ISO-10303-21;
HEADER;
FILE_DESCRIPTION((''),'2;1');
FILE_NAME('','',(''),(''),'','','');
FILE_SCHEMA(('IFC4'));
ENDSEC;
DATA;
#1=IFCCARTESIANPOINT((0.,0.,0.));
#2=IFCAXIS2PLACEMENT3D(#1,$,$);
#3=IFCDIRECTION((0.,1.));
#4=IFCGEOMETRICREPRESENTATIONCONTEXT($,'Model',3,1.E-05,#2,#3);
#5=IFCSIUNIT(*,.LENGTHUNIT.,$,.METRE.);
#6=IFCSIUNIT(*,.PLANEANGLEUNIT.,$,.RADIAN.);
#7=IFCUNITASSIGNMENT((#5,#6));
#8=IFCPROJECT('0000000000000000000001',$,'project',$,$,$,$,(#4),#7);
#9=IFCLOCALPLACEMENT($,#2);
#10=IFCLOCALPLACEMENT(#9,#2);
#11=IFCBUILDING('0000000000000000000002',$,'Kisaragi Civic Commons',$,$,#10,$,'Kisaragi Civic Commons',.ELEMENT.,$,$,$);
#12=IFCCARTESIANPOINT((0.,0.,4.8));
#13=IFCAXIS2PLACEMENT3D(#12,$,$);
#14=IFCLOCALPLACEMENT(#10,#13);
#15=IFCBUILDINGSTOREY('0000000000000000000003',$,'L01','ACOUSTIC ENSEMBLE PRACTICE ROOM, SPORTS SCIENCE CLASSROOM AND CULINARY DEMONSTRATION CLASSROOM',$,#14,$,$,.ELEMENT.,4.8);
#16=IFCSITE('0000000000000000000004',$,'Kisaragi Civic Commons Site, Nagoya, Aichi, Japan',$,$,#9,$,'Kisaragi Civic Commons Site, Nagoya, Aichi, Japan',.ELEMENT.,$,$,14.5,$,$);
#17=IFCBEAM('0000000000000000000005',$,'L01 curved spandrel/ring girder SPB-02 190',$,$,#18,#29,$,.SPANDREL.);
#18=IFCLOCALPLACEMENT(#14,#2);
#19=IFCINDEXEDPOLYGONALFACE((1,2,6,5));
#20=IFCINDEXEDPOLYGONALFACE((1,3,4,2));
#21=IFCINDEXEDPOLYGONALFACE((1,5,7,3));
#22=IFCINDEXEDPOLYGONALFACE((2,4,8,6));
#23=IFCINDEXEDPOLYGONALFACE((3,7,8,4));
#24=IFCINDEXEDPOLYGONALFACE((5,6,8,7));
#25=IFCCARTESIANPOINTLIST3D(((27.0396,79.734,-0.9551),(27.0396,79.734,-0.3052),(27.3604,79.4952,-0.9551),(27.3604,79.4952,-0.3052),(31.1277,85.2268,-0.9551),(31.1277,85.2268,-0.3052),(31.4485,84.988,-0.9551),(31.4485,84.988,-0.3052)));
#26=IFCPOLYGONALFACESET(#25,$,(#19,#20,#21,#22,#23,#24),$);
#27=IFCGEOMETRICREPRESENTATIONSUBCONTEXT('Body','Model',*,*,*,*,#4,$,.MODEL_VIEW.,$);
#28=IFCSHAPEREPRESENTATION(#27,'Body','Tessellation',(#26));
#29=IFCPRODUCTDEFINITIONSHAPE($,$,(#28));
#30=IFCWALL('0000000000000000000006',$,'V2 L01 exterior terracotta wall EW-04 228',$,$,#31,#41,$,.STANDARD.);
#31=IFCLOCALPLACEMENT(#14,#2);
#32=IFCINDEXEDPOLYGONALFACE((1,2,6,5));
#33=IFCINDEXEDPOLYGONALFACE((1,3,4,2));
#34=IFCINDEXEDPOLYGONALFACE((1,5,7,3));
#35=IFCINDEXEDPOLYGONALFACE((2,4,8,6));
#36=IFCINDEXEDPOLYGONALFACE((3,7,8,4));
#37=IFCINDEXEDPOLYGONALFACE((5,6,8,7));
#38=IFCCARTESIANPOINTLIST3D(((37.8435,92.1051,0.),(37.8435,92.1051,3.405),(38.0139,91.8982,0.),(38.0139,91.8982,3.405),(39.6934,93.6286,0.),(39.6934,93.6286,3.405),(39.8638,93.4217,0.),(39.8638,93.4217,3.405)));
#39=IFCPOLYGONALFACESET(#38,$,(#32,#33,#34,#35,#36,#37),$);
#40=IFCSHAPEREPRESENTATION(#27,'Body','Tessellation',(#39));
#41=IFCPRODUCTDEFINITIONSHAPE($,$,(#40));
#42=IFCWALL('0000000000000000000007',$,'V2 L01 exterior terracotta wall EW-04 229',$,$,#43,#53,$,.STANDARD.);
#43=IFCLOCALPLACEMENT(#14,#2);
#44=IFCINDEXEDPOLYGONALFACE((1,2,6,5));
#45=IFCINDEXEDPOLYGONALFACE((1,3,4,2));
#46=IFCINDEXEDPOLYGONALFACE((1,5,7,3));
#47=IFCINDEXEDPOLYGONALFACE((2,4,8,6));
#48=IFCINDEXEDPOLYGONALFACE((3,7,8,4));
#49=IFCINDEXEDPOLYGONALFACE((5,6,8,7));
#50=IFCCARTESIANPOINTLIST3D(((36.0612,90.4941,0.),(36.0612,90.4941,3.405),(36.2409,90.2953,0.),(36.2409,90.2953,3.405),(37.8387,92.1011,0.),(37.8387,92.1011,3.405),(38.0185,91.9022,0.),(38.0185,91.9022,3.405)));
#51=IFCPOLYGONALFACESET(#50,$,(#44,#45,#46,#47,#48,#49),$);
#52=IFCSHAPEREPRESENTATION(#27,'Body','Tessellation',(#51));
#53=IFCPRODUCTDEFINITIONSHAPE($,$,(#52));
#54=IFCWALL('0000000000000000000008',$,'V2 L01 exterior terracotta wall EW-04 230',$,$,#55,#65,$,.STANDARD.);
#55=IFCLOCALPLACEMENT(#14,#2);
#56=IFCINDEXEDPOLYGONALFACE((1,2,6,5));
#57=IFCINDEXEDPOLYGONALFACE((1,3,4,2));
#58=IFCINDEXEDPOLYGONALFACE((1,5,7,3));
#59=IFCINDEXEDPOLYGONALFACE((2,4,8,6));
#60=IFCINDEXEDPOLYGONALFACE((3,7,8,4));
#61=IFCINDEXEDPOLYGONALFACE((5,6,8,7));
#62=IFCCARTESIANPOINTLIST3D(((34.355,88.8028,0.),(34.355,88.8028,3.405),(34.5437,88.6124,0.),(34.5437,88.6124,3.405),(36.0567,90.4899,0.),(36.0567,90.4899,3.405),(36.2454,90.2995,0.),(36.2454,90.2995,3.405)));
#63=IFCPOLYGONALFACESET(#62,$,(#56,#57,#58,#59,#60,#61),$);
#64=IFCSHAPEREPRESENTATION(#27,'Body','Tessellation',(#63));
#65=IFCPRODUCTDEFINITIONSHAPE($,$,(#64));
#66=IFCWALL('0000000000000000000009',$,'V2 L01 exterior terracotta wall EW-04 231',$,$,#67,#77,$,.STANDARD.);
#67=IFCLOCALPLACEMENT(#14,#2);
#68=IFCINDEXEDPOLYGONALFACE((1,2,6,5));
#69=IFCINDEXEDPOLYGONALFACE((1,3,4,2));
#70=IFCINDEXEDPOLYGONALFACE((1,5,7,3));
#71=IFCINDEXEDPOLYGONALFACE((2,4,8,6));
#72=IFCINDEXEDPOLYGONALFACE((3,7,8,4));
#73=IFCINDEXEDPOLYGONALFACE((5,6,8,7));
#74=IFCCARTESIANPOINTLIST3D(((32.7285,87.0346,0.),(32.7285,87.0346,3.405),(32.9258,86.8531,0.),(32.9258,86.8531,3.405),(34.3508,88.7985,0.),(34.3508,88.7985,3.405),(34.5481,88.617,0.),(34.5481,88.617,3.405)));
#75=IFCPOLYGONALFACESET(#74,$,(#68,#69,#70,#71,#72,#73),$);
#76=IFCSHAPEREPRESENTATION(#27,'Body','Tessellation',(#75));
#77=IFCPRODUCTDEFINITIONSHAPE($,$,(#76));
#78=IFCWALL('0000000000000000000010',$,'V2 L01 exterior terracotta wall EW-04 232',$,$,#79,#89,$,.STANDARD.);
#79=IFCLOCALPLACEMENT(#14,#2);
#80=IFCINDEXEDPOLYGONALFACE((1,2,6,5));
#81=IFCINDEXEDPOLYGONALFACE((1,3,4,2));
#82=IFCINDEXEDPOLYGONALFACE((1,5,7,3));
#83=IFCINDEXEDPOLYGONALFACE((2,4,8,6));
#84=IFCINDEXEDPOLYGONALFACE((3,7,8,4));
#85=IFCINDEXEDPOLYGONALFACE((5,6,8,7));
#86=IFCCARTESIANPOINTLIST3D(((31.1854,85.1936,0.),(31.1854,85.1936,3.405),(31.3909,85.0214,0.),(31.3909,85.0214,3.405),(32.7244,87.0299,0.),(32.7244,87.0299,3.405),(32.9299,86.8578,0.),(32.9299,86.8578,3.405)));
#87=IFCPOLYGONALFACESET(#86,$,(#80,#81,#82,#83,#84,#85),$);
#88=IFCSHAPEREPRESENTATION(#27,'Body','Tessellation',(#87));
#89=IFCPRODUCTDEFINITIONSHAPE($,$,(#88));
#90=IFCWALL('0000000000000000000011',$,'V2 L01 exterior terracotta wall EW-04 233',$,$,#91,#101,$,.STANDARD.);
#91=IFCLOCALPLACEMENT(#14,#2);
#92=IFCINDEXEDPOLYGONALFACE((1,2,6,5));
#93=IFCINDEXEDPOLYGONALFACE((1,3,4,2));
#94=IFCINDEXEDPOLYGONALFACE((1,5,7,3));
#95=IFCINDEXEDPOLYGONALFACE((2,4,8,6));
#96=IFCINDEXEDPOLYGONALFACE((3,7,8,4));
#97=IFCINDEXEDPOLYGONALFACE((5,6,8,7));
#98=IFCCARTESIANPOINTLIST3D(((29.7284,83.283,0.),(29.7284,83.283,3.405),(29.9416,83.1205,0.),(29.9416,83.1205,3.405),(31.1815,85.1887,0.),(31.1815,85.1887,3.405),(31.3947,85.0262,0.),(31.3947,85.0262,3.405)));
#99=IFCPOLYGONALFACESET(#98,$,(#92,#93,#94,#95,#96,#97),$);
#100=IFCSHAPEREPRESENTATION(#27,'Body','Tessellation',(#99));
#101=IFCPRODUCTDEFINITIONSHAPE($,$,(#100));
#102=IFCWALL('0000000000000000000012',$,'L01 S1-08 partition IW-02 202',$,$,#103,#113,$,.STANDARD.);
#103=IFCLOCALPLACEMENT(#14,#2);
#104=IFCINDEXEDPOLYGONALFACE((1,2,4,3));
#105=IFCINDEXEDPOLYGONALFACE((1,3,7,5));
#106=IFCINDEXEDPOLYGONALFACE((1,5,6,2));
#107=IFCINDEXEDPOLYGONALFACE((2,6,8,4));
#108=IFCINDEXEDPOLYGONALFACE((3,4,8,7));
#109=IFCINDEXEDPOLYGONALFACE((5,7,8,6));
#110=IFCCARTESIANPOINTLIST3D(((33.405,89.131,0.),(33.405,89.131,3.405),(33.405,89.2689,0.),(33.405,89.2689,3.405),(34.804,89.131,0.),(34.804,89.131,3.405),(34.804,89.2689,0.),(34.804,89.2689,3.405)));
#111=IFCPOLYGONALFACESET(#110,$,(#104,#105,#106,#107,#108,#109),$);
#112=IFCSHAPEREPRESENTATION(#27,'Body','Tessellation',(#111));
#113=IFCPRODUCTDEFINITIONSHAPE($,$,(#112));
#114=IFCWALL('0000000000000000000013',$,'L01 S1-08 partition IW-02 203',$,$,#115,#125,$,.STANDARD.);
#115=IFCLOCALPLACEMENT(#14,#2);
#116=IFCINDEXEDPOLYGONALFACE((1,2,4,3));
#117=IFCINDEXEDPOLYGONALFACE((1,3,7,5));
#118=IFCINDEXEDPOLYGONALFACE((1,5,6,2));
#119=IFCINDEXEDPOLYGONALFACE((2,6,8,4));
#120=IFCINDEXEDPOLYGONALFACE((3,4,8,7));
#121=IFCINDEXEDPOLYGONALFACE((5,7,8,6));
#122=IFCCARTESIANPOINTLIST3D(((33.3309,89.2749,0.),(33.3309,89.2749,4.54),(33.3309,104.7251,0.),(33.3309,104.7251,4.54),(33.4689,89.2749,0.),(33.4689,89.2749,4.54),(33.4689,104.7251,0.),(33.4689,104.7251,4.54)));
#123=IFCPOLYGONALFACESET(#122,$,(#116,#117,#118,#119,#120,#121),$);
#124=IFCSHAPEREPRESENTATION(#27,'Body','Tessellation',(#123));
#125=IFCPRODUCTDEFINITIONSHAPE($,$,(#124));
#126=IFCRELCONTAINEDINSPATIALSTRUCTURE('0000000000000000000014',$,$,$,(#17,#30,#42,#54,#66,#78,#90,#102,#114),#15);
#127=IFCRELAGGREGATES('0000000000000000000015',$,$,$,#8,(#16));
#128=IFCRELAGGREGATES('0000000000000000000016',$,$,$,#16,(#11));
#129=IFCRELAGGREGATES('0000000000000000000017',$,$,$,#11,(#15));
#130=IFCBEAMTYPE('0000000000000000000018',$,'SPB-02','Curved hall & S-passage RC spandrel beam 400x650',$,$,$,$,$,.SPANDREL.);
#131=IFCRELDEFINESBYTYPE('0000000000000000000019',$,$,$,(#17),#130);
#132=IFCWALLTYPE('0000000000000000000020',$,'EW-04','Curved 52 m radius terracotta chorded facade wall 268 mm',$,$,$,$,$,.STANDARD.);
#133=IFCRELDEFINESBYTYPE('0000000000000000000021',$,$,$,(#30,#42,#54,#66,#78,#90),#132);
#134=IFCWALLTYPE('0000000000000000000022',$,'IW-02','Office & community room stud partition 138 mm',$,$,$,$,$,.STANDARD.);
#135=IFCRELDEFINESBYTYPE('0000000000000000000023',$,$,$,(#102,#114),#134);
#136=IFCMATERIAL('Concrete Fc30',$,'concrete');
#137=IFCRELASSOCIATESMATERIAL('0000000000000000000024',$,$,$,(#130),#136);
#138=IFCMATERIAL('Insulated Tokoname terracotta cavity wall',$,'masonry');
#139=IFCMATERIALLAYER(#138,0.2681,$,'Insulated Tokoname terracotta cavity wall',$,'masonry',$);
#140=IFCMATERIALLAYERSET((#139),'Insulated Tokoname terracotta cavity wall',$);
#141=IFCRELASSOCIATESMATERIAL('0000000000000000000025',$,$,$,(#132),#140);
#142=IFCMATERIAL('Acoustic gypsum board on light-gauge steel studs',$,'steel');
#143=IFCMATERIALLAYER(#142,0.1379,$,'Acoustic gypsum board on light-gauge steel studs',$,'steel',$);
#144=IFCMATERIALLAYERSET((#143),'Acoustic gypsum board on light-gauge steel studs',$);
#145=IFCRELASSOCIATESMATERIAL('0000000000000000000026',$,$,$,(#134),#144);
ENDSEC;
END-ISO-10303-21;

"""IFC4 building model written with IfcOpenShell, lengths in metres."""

from ifc_helpers import new_model, si_unit, direction, frame, frame_2d, origin, origin_2d, place, context, subcontext, project, spatial, rectangle, extrude, material, layer, layer_set, material_profile, profile_set, type_object, element, save


model = new_model("IFC4")

# Units and contexts
model_context = context("Model", 3, precision=1e-05, world=origin(), true_north=direction((0.0, 1.0)))
body_context = subcontext(model_context, "Body", "Model", "MODEL_VIEW")
ifc_project = project(units=[si_unit("LENGTHUNIT", "METRE"), si_unit("PLANEANGLEUNIT", "RADIAN")], contexts=[model_context])

# Site, building, storey
site_placement = place(None, origin())
site = spatial("IfcSite", under=ifc_project, at=site_placement, Name="Kisaragi Civic Commons Site, Nagoya, Aichi, Japan", LongName="Kisaragi Civic Commons Site, Nagoya, Aichi, Japan", CompositionType="ELEMENT", RefElevation=14.5)
building_placement = place(site_placement, origin())
building = spatial("IfcBuilding", under=site, at=building_placement, Name="Kisaragi Civic Commons", LongName="Kisaragi Civic Commons", CompositionType="ELEMENT")
storey_placement = place(building_placement, frame((0.0, 0.0, 4.8)))
storey = spatial("IfcBuildingStorey", under=building, at=storey_placement, Name="L01", Description="ACOUSTIC ENSEMBLE PRACTICE ROOM, SPORTS SCIENCE CLASSROOM AND CULINARY DEMONSTRATION CLASSROOM", CompositionType="ELEMENT", Elevation=4.8)

# Shared definitions
ifc_material_1 = material(Name="Concrete Fc30", Category="concrete")

# Beam
ifc_material_profile_1 = material_profile(ifc_material_1, rectangle(XDim=0.3999, YDim=0.6499, at=origin_2d()), Name="RC-400x650", Category="concrete")
ifc_profile_set_1 = profile_set([ifc_material_profile_1], Name="Concrete Fc30")
beam_type_1 = type_object("IfcBeamType", Name="SPB-02", Description="Curved hall & S-passage RC spandrel beam 400x650", PredefinedType="SPANDREL", material=ifc_profile_set_1)
beam_1_placement = place(storey_placement, frame((31.2881, 85.1074, -0.6301), z_axis=(-0.597047, -0.802207, 0.0), x_axis=(0.802207, -0.597047, 0.0)))
element("IfcBeam", 1, at=beam_1_placement, inside=storey, type_object=beam_type_1, Name="L01 curved spandrel/ring girder SPB-02 190", PredefinedType="SPANDREL", context=body_context, shape_type="SweptSolid", body=[
    extrude(rectangle(XDim=0.3999, YDim=0.6499, at=origin_2d()), origin(), (0.0, 0.0, 1.0), 6.8472),
])

# Walls
ifc_material_2 = material(Name="Insulated Tokoname terracotta cavity wall", Category="masonry")
ifc_layer_1 = layer(ifc_material_2, 0.2681, Name="Insulated Tokoname terracotta cavity wall", Category="masonry")
ifc_layer_set_1 = layer_set([ifc_layer_1], Name="Insulated Tokoname terracotta cavity wall")
wall_type_1 = type_object("IfcWallType", Name="EW-04", Description="Curved 52 m radius terracotta chorded facade wall 268 mm", PredefinedType="STANDARD", material=ifc_layer_set_1)
wall_1_placement = place(storey_placement, frame((39.7786, 93.5251, 0.0), z_axis=(0.0, 0.0, 1.0), x_axis=(-0.771924, -0.635714, 0.0)))
element("IfcWall", 2, at=wall_1_placement, inside=storey, type_object=wall_type_1, Name="V2 L01 exterior terracotta wall EW-04 228", PredefinedType="STANDARD", context=body_context, shape_type="SweptSolid", body=[
    extrude(rectangle(XDim=2.3965, YDim=0.2681, at=frame_2d((1.1982, 0.0))), origin(), (0.0, 0.0, 1.0), 3.405),
])
for number, where, z_axis, x_axis, name in (
    (3, (37.9287, 92.0017, 0.0), (0.0, 0.0, 1.0), (-0.741818, -0.670601, 0.0), "V2 L01 exterior terracotta wall EW-04 229"),
    (4, (36.1511, 90.3948, 0.0), (0.0, 0.0, 1.0), (-0.710157, -0.704044, 0.0), "V2 L01 exterior terracotta wall EW-04 230"),
):
    element("IfcWall", number, at=place(storey_placement, frame(where, z_axis=z_axis, x_axis=x_axis)), inside=storey, type_object=wall_type_1, Name=name, PredefinedType="STANDARD", context=body_context, shape_type="SweptSolid", body=[
        extrude(rectangle(XDim=2.3962, YDim=0.2681, at=frame_2d((1.1982, 0.0))), origin(), (0.0, 0.0, 1.0), 3.405),
    ])
wall_2_placement = place(storey_placement, frame((34.4495, 88.7078, 0.0), z_axis=(0.0, 0.0, 1.0), x_axis=(-0.676946, -0.736033, 0.0)))
element("IfcWall", 5, at=wall_2_placement, inside=storey, type_object=wall_type_1, Name="V2 L01 exterior terracotta wall EW-04 231", PredefinedType="STANDARD", context=body_context, shape_type="SweptSolid", body=[
    extrude(rectangle(XDim=2.3965, YDim=0.2681, at=frame_2d((1.1982, 0.0))), origin(), (0.0, 0.0, 1.0), 3.405),
])
wall_3_placement = place(storey_placement, frame((32.8271, 86.9438, 0.0), z_axis=(0.0, 0.0, 1.0), x_axis=(-0.642327, -0.766431, 0.0)))
element("IfcWall", 6, at=wall_3_placement, inside=storey, type_object=wall_type_1, Name="V2 L01 exterior terracotta wall EW-04 232", PredefinedType="STANDARD", context=body_context, shape_type="SweptSolid", body=[
    extrude(rectangle(XDim=2.396, YDim=0.2681, at=frame_2d((1.198, 0.0))), origin(), (0.0, 0.0, 1.0), 3.405),
])
wall_4_placement = place(storey_placement, frame((31.2881, 85.1074, 0.0), z_axis=(0.0, 0.0, 1.0), x_axis=(-0.606338, -0.795207, 0.0)))
element("IfcWall", 7, at=wall_4_placement, inside=storey, type_object=wall_type_1, Name="V2 L01 exterior terracotta wall EW-04 233", PredefinedType="STANDARD", context=body_context, shape_type="SweptSolid", body=[
    extrude(rectangle(XDim=2.3965, YDim=0.2681, at=frame_2d((1.1982, 0.0))), origin(), (0.0, 0.0, 1.0), 3.405),
])
ifc_material_3 = material(Name="Acoustic gypsum board on light-gauge steel studs", Category="steel")
ifc_layer_2 = layer(ifc_material_3, 0.1379, Name="Acoustic gypsum board on light-gauge steel studs", Category="steel")
ifc_layer_set_2 = layer_set([ifc_layer_2], Name="Acoustic gypsum board on light-gauge steel studs")
wall_type_2 = type_object("IfcWallType", Name="IW-02", Description="Office & community room stud partition 138 mm", PredefinedType="STANDARD", material=ifc_layer_set_2)
wall_5_placement = place(storey_placement, frame((34.804, 89.2, 0.0), z_axis=(0.0, 0.0, 1.0), x_axis=(-1.0, 0.0, 0.0)))
element("IfcWall", 8, at=wall_5_placement, inside=storey, type_object=wall_type_2, Name="L01 S1-08 partition IW-02 202", PredefinedType="STANDARD", context=body_context, shape_type="SweptSolid", body=[
    extrude(rectangle(XDim=1.3989, YDim=0.1379, at=frame_2d((0.6995, 0.0))), origin(), (0.0, 0.0, 1.0), 3.405),
])
wall_6_placement = place(storey_placement, frame((33.3999, 89.2749, 0.0), z_axis=(0.0, 0.0, 1.0), x_axis=(0.0, 1.0, 0.0)))
element("IfcWall", 9, at=wall_6_placement, inside=storey, type_object=wall_type_2, Name="L01 S1-08 partition IW-02 203", PredefinedType="STANDARD", context=body_context, shape_type="SweptSolid", body=[
    extrude(rectangle(XDim=15.4502, YDim=0.1379, at=frame_2d((7.7251, 0.0))), origin(), (0.0, 0.0, 1.0), 4.54),
])

save(model, "model.ifc")
